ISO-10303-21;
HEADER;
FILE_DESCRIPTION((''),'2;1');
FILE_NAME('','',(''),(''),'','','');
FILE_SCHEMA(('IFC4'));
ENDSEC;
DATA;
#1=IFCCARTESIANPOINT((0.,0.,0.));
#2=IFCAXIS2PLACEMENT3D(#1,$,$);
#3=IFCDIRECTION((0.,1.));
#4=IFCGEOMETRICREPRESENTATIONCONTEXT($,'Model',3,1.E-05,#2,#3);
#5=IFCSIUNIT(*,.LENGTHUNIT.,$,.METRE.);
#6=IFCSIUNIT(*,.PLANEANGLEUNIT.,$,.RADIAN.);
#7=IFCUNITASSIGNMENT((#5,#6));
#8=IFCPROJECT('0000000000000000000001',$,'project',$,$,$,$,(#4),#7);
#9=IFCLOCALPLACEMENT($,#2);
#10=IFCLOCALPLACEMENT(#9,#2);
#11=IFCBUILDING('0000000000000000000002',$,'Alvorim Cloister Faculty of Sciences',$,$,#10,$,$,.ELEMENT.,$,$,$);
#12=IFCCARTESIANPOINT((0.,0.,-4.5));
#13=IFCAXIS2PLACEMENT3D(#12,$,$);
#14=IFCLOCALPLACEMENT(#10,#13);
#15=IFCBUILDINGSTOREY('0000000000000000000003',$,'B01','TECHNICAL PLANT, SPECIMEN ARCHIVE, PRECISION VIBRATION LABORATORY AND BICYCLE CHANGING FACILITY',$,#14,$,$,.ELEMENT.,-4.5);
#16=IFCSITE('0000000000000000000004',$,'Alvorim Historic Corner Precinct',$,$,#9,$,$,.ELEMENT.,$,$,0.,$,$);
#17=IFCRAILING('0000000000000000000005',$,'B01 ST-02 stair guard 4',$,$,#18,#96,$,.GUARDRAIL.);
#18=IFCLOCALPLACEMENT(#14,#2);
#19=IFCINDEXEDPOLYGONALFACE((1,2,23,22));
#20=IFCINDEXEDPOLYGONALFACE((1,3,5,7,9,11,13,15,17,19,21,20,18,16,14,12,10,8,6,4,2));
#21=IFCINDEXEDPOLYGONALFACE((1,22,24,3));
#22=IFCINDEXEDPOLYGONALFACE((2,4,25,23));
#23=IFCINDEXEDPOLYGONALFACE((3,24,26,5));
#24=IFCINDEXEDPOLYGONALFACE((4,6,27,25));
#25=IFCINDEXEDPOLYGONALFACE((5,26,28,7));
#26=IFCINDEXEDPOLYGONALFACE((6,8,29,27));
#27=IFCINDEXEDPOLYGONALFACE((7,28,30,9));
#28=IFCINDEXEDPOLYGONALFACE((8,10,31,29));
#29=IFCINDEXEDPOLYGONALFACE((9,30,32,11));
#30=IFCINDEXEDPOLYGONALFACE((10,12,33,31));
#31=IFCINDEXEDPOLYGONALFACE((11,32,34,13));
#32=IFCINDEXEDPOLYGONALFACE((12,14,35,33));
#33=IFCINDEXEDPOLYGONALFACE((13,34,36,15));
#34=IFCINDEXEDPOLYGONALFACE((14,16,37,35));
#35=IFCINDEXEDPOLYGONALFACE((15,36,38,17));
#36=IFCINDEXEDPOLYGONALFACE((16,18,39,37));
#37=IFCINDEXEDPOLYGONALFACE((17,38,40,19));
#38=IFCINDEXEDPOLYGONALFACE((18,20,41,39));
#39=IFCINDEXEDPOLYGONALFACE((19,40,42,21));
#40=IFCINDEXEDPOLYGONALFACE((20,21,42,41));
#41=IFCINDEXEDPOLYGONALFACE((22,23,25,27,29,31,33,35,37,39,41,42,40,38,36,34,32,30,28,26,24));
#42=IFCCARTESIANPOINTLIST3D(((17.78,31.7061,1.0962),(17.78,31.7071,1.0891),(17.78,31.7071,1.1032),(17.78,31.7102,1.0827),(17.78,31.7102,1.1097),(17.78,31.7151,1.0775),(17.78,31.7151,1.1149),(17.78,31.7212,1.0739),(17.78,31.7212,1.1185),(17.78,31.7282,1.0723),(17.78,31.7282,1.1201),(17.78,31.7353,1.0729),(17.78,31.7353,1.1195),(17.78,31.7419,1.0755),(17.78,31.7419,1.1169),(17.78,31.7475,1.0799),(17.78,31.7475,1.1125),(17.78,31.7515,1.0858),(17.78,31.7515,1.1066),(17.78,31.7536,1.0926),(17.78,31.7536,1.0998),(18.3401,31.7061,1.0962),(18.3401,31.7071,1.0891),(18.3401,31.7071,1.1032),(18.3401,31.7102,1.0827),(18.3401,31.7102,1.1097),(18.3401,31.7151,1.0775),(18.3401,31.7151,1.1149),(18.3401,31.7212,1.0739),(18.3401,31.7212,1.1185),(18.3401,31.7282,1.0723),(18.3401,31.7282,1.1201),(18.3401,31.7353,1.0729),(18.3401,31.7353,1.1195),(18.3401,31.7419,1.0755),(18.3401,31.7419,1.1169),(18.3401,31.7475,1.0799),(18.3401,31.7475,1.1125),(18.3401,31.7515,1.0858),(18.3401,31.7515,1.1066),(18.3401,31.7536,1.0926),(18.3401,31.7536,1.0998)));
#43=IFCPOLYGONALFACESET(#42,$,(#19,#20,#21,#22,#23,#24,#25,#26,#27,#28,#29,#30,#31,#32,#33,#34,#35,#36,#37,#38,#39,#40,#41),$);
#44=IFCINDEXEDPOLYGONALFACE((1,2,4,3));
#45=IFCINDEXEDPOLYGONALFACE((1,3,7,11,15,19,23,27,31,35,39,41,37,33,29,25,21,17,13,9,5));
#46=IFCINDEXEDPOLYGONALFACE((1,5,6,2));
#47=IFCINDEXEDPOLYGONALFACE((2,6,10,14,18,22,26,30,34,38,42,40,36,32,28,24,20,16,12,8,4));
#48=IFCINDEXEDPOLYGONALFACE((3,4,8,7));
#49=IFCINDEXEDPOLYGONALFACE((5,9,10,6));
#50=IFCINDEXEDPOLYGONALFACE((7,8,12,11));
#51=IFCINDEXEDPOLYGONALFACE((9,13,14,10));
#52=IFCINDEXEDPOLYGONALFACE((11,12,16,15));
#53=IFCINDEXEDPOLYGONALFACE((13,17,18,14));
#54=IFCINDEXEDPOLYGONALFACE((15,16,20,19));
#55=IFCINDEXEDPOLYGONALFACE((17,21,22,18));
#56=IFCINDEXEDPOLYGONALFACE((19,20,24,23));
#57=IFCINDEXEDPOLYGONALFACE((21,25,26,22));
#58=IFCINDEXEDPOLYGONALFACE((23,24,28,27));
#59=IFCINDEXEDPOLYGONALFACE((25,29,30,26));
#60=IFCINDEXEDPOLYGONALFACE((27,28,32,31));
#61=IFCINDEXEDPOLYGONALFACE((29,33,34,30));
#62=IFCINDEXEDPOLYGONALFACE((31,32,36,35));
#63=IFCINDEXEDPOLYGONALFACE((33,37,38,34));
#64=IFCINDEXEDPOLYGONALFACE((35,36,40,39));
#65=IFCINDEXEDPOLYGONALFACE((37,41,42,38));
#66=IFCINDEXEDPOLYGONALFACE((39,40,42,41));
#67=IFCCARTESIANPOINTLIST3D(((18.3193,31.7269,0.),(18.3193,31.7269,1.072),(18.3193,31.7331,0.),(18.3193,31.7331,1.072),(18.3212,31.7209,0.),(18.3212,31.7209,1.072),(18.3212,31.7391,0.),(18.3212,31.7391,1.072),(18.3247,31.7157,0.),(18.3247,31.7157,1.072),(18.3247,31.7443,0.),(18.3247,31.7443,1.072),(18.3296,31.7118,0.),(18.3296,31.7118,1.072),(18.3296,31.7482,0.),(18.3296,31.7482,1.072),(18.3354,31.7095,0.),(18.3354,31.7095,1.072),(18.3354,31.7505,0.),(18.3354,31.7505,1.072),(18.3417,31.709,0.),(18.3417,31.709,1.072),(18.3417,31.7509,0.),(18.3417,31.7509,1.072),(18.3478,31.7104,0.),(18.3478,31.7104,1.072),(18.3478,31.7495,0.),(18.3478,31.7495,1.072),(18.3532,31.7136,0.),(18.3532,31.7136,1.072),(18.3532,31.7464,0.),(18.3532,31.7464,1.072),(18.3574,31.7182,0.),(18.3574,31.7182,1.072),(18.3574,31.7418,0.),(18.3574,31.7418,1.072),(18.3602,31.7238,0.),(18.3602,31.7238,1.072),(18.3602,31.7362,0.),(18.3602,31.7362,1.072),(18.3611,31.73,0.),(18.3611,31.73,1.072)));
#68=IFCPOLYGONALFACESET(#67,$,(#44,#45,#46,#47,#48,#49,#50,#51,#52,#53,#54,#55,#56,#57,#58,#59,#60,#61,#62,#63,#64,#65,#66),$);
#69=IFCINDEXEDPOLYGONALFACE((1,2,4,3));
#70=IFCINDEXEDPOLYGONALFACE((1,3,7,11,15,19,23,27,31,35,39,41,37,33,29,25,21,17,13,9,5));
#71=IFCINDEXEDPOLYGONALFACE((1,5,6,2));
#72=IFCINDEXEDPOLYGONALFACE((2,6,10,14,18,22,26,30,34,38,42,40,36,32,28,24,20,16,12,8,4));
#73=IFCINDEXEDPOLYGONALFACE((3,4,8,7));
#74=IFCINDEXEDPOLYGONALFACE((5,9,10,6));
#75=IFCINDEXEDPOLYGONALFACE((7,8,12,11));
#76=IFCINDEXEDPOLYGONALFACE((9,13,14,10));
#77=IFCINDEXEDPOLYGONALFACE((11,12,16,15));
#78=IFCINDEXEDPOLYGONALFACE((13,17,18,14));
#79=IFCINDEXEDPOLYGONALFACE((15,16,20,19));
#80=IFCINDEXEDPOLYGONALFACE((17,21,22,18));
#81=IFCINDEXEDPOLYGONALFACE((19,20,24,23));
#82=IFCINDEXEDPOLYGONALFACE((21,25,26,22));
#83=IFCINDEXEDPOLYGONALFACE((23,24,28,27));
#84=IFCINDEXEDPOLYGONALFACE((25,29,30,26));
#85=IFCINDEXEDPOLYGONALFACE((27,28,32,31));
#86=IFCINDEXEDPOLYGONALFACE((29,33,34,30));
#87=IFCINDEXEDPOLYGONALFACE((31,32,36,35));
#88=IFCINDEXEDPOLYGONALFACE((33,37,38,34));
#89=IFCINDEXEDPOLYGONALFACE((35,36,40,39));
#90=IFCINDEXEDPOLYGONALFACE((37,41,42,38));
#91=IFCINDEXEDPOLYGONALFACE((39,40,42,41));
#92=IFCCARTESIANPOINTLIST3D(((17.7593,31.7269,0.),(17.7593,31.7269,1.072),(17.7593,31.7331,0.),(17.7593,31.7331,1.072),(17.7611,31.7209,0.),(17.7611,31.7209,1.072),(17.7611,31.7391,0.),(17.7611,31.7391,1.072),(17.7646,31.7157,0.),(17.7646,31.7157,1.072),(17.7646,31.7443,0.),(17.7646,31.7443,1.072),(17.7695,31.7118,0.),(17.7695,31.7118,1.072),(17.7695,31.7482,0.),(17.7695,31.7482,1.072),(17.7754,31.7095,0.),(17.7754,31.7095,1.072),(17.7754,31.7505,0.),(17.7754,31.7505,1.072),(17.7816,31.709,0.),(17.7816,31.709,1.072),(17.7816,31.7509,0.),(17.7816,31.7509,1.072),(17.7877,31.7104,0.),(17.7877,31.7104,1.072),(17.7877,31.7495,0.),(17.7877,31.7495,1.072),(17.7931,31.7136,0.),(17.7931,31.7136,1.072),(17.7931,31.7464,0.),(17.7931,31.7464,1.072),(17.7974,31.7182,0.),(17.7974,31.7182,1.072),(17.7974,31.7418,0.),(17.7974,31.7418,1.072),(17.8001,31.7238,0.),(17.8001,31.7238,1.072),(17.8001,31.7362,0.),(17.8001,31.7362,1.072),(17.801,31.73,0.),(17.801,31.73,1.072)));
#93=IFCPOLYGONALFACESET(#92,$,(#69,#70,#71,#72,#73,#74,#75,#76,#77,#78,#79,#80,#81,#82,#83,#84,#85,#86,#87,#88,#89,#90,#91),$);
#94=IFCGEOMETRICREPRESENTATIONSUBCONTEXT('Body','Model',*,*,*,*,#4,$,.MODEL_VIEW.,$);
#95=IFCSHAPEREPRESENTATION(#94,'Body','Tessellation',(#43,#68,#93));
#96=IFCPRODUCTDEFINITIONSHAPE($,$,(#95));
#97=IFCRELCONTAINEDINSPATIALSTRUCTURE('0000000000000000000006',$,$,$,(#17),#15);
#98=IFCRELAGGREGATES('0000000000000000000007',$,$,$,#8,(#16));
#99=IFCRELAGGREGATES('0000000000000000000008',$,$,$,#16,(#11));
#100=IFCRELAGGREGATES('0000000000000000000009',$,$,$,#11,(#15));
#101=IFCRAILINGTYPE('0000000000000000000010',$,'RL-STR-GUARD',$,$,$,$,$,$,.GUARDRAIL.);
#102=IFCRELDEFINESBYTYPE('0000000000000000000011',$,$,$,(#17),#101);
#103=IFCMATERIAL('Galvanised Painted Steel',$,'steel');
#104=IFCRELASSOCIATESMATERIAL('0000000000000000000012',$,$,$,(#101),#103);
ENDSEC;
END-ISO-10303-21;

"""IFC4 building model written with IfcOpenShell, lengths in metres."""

from ifc_helpers import new_model, si_unit, direction, frame, origin, origin_2d, place, context, subcontext, project, spatial, circle, extrude, material, type_object, element, save


model = new_model("IFC4")

# Units and contexts
model_context = context("Model", 3, precision=1e-05, world=origin(), true_north=direction((0.0, 1.0)))
body_context = subcontext(model_context, "Body", "Model", "MODEL_VIEW")
ifc_project = project(units=[si_unit("LENGTHUNIT", "METRE"), si_unit("PLANEANGLEUNIT", "RADIAN")], contexts=[model_context])

# Site, building, storey
site_placement = place(None, origin())
site = spatial("IfcSite", under=ifc_project, at=site_placement, Name="Alvorim Historic Corner Precinct", CompositionType="ELEMENT", RefElevation=0.0)
building_placement = place(site_placement, origin())
building = spatial("IfcBuilding", under=site, at=building_placement, Name="Alvorim Cloister Faculty of Sciences", CompositionType="ELEMENT")
storey_placement = place(building_placement, frame((0.0, 0.0, -4.5)))
storey = spatial("IfcBuildingStorey", under=building, at=storey_placement, Name="B01", Description="TECHNICAL PLANT, SPECIMEN ARCHIVE, PRECISION VIBRATION LABORATORY AND BICYCLE CHANGING FACILITY", CompositionType="ELEMENT", Elevation=-4.5)

# Railing
ifc_material_1 = material(Name="Galvanised Painted Steel", Category="steel")
railing_type_1 = type_object("IfcRailingType", Name="RL-STR-GUARD", PredefinedType="GUARDRAIL", material=ifc_material_1)
railing_1_placement = place(storey_placement, frame((18.3401, 31.73, 0.0)))
element("IfcRailing", 1, at=railing_1_placement, inside=storey, type_object=railing_type_1, Name="B01 ST-02 stair guard 4", PredefinedType="GUARDRAIL", context=body_context, shape_type="SweptSolid", body=[
    extrude(circle(Radius=0.0239, at=origin_2d()), frame((0.0, 0.0, 1.0962), z_axis=(-1.0, 0.0, 0.0), x_axis=(0.0, -1.0, 0.0)), (0.0, 0.0, 1.0), 0.5601),
    extrude(circle(Radius=0.021, at=origin_2d()), origin(), (0.0, 0.0, 1.0), 1.072),
    extrude(circle(Radius=0.021, at=origin_2d()), frame((-0.5601, 0.0, 0.0)), (0.0, 0.0, 1.0), 1.072),
])

save(model, "model.ifc")
